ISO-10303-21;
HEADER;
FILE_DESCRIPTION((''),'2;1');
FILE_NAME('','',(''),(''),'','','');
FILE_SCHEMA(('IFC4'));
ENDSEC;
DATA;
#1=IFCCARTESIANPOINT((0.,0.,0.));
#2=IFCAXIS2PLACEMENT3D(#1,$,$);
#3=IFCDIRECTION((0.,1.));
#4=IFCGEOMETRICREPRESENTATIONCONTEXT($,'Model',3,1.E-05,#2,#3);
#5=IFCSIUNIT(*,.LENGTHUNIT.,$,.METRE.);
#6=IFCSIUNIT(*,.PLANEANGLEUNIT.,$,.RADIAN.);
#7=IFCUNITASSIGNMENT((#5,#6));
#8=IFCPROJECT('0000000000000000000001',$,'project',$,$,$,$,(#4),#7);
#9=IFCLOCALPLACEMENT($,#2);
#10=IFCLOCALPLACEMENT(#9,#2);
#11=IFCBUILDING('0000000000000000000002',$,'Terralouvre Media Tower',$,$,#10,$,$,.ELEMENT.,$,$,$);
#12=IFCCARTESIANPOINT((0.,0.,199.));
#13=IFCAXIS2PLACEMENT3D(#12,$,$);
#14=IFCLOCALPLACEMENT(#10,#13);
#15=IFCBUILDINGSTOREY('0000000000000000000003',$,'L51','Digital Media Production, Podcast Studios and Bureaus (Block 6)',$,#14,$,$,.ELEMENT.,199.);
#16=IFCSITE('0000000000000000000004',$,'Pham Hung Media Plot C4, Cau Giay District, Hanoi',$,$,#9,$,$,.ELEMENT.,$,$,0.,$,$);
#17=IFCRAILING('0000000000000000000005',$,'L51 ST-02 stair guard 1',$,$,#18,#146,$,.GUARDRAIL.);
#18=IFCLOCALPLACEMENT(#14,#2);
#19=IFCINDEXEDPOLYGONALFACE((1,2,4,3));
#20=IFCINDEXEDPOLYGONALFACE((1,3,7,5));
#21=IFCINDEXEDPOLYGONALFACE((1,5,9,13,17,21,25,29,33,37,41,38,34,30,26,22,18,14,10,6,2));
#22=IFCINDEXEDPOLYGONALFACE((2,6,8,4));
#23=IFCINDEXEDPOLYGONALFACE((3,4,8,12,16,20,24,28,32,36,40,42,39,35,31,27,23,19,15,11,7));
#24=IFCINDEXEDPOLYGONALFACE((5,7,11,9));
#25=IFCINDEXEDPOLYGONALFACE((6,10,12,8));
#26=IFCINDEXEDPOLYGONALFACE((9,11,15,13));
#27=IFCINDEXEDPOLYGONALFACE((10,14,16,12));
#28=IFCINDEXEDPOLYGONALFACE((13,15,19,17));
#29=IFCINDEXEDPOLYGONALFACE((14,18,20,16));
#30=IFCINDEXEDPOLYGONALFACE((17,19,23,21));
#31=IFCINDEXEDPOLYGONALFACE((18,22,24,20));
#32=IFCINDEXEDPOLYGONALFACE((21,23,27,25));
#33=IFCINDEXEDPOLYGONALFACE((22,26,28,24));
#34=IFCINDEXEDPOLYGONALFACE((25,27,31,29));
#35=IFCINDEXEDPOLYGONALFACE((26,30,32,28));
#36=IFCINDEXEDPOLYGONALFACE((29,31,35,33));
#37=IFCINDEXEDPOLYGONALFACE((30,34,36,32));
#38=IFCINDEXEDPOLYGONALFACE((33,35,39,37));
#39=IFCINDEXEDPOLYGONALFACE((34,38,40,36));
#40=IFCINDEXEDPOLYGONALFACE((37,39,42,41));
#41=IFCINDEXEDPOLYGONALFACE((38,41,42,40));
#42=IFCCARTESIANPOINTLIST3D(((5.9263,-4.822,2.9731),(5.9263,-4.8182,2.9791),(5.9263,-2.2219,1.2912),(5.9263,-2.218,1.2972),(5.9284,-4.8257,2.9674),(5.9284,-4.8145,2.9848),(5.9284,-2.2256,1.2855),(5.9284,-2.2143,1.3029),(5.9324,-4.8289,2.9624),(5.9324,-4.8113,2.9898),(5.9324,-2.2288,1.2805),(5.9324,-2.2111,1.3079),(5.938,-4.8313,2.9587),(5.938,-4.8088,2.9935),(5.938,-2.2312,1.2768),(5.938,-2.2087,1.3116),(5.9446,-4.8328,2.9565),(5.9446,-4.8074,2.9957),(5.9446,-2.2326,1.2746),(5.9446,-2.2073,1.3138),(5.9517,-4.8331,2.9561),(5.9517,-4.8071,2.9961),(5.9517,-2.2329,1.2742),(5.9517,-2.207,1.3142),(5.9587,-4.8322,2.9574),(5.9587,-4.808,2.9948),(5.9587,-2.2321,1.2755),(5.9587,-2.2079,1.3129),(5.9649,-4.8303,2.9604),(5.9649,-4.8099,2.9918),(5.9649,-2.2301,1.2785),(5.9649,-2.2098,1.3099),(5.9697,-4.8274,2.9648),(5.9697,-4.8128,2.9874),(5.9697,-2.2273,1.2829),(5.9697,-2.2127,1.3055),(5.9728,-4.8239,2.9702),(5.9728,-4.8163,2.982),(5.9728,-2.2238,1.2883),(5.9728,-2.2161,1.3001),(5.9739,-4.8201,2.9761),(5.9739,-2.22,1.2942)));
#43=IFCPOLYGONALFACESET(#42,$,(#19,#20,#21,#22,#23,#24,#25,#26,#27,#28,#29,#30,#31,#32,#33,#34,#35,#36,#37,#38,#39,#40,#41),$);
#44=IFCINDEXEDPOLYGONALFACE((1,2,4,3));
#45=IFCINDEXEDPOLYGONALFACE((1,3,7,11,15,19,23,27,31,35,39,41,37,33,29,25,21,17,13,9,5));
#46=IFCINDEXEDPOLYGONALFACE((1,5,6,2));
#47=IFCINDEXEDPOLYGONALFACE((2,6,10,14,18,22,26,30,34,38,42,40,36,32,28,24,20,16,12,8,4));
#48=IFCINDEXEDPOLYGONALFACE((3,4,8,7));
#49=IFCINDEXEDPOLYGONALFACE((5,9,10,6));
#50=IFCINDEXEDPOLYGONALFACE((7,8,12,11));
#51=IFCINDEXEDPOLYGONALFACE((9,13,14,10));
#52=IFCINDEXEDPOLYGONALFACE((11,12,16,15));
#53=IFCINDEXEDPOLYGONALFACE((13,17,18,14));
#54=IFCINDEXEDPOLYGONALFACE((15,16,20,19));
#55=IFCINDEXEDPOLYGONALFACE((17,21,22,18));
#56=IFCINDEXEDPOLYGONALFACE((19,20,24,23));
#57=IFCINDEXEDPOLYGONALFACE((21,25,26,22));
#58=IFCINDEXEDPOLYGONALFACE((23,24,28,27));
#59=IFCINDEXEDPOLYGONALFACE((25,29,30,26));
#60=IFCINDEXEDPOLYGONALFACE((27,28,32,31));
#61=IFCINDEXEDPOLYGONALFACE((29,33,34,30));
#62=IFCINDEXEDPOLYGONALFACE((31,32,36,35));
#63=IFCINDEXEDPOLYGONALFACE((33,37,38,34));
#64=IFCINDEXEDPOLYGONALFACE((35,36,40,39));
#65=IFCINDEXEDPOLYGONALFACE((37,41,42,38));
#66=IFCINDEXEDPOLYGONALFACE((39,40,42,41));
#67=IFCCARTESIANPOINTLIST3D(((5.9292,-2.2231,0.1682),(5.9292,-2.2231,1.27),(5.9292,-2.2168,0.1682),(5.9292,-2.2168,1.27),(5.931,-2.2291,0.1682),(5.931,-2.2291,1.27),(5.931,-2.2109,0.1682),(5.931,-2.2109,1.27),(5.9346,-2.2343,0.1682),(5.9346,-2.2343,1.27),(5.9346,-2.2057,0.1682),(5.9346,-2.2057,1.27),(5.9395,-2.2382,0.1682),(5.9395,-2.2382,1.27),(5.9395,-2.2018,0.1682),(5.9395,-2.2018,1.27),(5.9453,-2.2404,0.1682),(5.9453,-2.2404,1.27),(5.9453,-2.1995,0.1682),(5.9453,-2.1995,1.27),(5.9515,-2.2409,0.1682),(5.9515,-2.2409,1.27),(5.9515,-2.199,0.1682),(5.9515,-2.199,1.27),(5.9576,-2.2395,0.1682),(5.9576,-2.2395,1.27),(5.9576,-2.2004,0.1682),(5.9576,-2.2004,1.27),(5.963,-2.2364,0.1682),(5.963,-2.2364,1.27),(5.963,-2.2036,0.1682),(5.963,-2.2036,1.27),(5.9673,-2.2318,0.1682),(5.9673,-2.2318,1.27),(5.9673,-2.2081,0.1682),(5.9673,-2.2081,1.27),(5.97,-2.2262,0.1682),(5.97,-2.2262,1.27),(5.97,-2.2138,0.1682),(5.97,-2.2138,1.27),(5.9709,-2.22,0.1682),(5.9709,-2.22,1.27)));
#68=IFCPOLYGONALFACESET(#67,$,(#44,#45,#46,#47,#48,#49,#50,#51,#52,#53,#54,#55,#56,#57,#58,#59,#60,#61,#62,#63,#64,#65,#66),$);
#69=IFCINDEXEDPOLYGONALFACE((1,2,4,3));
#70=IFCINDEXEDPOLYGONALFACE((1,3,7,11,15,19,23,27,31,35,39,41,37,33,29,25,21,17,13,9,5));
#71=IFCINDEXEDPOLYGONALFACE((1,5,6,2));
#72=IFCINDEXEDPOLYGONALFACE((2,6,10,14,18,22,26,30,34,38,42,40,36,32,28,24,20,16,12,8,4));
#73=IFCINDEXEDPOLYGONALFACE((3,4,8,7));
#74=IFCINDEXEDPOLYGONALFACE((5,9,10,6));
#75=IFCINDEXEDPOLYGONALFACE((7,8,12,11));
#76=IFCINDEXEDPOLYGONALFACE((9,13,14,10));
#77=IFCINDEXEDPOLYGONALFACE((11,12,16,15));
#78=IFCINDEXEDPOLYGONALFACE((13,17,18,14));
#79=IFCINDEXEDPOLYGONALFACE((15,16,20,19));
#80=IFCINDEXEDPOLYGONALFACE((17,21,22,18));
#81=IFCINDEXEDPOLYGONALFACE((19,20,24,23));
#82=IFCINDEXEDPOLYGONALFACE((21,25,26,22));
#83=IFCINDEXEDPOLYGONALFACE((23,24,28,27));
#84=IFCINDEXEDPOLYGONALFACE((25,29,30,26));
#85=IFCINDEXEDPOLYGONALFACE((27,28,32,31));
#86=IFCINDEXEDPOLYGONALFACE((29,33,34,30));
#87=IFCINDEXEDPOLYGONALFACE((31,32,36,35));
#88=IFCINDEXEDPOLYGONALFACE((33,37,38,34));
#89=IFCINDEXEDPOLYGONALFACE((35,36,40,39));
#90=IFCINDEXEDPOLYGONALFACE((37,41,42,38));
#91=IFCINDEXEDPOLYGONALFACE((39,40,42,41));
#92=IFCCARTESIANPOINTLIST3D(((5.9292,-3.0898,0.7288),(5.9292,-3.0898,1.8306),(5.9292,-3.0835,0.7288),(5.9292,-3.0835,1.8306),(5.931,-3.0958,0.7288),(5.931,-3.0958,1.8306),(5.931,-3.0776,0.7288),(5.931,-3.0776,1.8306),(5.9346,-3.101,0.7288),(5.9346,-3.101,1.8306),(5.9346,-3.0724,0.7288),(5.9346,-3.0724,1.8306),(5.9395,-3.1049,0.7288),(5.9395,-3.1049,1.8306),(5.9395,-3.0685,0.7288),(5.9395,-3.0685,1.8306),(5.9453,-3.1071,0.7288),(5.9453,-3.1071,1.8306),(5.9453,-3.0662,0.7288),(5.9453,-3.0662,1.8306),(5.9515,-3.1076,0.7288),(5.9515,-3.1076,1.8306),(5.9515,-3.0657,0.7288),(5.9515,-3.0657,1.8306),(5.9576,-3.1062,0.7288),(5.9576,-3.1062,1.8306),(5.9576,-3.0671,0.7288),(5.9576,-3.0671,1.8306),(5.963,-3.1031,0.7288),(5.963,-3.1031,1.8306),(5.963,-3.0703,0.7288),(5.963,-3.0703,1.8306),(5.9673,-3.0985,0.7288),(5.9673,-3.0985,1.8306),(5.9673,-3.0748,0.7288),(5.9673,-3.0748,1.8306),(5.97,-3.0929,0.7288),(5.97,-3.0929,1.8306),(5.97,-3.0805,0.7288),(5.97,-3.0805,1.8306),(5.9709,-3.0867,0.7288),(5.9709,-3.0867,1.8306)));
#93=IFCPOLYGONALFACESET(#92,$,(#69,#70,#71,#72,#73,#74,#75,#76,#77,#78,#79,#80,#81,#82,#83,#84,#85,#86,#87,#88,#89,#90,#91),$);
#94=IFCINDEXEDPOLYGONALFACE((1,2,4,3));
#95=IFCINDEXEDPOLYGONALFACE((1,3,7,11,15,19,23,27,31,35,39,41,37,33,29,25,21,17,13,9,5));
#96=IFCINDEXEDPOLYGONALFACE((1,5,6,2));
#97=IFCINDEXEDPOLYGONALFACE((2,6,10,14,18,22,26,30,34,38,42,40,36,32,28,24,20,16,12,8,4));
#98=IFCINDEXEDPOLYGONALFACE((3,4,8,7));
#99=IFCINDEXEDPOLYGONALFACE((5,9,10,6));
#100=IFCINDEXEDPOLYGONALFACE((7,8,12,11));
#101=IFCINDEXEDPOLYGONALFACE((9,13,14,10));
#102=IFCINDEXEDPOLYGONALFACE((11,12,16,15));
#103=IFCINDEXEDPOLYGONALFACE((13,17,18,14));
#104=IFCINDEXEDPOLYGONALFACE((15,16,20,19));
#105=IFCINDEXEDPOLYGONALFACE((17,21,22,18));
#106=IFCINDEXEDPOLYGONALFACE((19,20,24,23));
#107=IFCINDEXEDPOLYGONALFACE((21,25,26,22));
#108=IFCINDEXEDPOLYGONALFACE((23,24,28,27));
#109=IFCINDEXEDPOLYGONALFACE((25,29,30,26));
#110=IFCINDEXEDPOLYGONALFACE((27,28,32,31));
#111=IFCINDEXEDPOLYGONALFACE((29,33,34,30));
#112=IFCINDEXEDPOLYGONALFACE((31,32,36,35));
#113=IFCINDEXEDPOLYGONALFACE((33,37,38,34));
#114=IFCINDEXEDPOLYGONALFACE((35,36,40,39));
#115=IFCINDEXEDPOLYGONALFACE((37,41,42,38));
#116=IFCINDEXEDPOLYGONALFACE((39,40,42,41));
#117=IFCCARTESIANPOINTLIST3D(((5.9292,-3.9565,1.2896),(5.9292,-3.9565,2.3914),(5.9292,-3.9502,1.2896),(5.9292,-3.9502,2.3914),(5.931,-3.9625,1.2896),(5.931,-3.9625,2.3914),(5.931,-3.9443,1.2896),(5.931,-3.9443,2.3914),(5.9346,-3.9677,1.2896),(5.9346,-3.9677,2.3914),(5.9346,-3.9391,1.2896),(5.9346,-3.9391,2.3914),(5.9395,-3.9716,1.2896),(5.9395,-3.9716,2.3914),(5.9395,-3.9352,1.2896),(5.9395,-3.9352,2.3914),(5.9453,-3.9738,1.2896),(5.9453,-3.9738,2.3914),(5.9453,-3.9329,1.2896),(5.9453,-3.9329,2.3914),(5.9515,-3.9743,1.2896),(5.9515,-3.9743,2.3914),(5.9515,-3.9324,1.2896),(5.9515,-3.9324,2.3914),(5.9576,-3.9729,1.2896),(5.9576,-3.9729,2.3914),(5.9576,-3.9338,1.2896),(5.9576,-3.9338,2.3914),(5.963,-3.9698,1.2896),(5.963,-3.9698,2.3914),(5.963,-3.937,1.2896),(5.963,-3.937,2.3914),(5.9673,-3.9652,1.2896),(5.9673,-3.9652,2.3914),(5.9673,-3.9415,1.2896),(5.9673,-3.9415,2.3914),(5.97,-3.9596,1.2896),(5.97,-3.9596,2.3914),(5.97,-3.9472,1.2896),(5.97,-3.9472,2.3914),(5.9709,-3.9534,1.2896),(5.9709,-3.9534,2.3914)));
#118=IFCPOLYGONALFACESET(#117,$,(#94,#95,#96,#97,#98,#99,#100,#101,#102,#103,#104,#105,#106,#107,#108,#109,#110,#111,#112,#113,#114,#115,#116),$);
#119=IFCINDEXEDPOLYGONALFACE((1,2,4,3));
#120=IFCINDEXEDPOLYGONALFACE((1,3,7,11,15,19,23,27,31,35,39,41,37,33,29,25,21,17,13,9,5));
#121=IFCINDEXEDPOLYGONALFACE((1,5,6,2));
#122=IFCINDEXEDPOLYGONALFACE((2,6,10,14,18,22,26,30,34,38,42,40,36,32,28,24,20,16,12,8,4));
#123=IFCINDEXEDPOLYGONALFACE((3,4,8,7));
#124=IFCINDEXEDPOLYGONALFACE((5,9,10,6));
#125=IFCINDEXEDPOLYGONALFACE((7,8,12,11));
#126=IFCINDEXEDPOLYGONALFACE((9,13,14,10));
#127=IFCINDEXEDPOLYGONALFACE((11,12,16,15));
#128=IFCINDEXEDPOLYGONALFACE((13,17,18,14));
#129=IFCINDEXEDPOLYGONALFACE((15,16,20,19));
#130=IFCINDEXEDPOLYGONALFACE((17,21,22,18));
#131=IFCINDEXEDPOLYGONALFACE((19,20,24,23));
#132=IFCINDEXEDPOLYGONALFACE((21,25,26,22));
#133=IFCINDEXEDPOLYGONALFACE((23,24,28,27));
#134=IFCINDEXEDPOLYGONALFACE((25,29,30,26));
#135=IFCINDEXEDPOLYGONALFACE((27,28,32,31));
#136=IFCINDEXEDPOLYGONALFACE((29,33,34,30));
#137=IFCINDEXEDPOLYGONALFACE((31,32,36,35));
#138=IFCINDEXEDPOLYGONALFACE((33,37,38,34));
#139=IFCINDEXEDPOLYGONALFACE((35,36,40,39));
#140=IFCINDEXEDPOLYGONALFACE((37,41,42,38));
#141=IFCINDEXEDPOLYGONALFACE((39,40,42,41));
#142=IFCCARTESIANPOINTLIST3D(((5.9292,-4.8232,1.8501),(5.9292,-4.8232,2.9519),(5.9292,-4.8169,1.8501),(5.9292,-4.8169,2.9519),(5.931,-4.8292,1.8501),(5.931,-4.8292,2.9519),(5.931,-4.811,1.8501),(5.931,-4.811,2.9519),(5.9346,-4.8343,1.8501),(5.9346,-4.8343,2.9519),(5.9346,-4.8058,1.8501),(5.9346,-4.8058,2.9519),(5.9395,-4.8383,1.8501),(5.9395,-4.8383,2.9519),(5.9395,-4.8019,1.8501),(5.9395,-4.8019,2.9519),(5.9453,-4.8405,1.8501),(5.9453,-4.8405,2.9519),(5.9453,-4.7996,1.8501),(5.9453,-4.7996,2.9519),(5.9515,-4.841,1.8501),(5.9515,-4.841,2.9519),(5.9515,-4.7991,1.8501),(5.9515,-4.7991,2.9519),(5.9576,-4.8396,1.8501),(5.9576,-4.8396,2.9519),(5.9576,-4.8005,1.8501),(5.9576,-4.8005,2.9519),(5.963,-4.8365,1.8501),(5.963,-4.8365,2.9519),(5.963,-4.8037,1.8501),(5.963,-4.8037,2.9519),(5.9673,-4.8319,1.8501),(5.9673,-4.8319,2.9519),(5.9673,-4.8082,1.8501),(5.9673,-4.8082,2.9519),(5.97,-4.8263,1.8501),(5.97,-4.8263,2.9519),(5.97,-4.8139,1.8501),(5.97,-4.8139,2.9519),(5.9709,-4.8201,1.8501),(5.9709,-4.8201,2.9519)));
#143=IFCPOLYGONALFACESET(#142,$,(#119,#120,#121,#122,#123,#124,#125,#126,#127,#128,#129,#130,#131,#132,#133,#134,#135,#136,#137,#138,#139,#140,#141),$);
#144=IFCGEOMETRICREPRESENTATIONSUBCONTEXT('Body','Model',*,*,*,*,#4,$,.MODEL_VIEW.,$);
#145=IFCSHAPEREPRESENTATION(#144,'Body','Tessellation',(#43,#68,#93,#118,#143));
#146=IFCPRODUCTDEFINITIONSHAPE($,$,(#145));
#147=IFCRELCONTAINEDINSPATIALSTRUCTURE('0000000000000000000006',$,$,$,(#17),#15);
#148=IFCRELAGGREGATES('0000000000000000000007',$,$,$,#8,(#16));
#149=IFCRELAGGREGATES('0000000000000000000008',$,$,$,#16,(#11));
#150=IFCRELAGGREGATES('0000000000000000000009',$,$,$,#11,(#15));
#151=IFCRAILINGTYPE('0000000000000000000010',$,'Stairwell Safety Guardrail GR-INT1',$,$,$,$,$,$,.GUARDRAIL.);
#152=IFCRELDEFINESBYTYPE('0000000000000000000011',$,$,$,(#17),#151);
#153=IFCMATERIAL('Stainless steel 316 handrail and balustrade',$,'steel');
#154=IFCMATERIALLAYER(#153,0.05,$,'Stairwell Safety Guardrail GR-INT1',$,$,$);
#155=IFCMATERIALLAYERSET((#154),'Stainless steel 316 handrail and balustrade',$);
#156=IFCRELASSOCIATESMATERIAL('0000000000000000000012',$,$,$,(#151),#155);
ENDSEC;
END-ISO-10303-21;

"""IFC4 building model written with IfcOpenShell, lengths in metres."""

from ifc_helpers import new_model, si_unit, direction, frame, origin, origin_2d, place, context, subcontext, project, spatial, circle, extrude, material, layer, layer_set, type_object, element, save


model = new_model("IFC4")

# Units and contexts
model_context = context("Model", 3, precision=1e-05, world=origin(), true_north=direction((0.0, 1.0)))
body_context = subcontext(model_context, "Body", "Model", "MODEL_VIEW")
ifc_project = project(units=[si_unit("LENGTHUNIT", "METRE"), si_unit("PLANEANGLEUNIT", "RADIAN")], contexts=[model_context])

# Site, building, storey
site_placement = place(None, origin())
site = spatial("IfcSite", under=ifc_project, at=site_placement, Name="Pham Hung Media Plot C4, Cau Giay District, Hanoi", CompositionType="ELEMENT", RefElevation=0.0)
building_placement = place(site_placement, origin())
building = spatial("IfcBuilding", under=site, at=building_placement, Name="Terralouvre Media Tower", CompositionType="ELEMENT")
storey_placement = place(building_placement, frame((0.0, 0.0, 199.0)))
storey = spatial("IfcBuildingStorey", under=building, at=storey_placement, Name="L51", Description="Digital Media Production, Podcast Studios and Bureaus (Block 6)", CompositionType="ELEMENT", Elevation=199.0)

# Railing
ifc_material_1 = material(Name="Stainless steel 316 handrail and balustrade", Category="steel")
ifc_layer_1 = layer(ifc_material_1, 0.05, Name="Stairwell Safety Guardrail GR-INT1")
ifc_layer_set_1 = layer_set([ifc_layer_1], Name="Stainless steel 316 handrail and balustrade")
railing_type_1 = type_object("IfcRailingType", Name="Stairwell Safety Guardrail GR-INT1", PredefinedType="GUARDRAIL", material=ifc_layer_set_1)
railing_1_placement = place(storey_placement, frame((5.95, -2.22, 0.1682)))
element("IfcRailing", 1, at=railing_1_placement, inside=storey, type_object=railing_type_1, Name="L51 ST-02 stair guard 1", PredefinedType="GUARDRAIL", context=body_context, shape_type="SweptSolid", body=[
    extrude(circle(Radius=0.0239, at=origin_2d()), frame((0.0, 0.0, 1.126), z_axis=(0.0, -0.839648, 0.54313), x_axis=(1.0, 0.0, 0.0)), (0.0, 0.0, 1.0), 3.0967),
    extrude(circle(Radius=0.021, at=origin_2d()), origin(), (0.0, 0.0, 1.0), 1.1018),
    extrude(circle(Radius=0.021, at=origin_2d()), frame((0.0, -0.8667, 0.5605)), (0.0, 0.0, 1.0), 1.1018),
    extrude(circle(Radius=0.021, at=origin_2d()), frame((0.0, -1.7334, 1.1213)), (0.0, 0.0, 1.0), 1.1018),
    extrude(circle(Radius=0.021, at=origin_2d()), frame((0.0, -2.6001, 1.6819)), (0.0, 0.0, 1.0), 1.1018),
])

save(model, "model.ifc")
